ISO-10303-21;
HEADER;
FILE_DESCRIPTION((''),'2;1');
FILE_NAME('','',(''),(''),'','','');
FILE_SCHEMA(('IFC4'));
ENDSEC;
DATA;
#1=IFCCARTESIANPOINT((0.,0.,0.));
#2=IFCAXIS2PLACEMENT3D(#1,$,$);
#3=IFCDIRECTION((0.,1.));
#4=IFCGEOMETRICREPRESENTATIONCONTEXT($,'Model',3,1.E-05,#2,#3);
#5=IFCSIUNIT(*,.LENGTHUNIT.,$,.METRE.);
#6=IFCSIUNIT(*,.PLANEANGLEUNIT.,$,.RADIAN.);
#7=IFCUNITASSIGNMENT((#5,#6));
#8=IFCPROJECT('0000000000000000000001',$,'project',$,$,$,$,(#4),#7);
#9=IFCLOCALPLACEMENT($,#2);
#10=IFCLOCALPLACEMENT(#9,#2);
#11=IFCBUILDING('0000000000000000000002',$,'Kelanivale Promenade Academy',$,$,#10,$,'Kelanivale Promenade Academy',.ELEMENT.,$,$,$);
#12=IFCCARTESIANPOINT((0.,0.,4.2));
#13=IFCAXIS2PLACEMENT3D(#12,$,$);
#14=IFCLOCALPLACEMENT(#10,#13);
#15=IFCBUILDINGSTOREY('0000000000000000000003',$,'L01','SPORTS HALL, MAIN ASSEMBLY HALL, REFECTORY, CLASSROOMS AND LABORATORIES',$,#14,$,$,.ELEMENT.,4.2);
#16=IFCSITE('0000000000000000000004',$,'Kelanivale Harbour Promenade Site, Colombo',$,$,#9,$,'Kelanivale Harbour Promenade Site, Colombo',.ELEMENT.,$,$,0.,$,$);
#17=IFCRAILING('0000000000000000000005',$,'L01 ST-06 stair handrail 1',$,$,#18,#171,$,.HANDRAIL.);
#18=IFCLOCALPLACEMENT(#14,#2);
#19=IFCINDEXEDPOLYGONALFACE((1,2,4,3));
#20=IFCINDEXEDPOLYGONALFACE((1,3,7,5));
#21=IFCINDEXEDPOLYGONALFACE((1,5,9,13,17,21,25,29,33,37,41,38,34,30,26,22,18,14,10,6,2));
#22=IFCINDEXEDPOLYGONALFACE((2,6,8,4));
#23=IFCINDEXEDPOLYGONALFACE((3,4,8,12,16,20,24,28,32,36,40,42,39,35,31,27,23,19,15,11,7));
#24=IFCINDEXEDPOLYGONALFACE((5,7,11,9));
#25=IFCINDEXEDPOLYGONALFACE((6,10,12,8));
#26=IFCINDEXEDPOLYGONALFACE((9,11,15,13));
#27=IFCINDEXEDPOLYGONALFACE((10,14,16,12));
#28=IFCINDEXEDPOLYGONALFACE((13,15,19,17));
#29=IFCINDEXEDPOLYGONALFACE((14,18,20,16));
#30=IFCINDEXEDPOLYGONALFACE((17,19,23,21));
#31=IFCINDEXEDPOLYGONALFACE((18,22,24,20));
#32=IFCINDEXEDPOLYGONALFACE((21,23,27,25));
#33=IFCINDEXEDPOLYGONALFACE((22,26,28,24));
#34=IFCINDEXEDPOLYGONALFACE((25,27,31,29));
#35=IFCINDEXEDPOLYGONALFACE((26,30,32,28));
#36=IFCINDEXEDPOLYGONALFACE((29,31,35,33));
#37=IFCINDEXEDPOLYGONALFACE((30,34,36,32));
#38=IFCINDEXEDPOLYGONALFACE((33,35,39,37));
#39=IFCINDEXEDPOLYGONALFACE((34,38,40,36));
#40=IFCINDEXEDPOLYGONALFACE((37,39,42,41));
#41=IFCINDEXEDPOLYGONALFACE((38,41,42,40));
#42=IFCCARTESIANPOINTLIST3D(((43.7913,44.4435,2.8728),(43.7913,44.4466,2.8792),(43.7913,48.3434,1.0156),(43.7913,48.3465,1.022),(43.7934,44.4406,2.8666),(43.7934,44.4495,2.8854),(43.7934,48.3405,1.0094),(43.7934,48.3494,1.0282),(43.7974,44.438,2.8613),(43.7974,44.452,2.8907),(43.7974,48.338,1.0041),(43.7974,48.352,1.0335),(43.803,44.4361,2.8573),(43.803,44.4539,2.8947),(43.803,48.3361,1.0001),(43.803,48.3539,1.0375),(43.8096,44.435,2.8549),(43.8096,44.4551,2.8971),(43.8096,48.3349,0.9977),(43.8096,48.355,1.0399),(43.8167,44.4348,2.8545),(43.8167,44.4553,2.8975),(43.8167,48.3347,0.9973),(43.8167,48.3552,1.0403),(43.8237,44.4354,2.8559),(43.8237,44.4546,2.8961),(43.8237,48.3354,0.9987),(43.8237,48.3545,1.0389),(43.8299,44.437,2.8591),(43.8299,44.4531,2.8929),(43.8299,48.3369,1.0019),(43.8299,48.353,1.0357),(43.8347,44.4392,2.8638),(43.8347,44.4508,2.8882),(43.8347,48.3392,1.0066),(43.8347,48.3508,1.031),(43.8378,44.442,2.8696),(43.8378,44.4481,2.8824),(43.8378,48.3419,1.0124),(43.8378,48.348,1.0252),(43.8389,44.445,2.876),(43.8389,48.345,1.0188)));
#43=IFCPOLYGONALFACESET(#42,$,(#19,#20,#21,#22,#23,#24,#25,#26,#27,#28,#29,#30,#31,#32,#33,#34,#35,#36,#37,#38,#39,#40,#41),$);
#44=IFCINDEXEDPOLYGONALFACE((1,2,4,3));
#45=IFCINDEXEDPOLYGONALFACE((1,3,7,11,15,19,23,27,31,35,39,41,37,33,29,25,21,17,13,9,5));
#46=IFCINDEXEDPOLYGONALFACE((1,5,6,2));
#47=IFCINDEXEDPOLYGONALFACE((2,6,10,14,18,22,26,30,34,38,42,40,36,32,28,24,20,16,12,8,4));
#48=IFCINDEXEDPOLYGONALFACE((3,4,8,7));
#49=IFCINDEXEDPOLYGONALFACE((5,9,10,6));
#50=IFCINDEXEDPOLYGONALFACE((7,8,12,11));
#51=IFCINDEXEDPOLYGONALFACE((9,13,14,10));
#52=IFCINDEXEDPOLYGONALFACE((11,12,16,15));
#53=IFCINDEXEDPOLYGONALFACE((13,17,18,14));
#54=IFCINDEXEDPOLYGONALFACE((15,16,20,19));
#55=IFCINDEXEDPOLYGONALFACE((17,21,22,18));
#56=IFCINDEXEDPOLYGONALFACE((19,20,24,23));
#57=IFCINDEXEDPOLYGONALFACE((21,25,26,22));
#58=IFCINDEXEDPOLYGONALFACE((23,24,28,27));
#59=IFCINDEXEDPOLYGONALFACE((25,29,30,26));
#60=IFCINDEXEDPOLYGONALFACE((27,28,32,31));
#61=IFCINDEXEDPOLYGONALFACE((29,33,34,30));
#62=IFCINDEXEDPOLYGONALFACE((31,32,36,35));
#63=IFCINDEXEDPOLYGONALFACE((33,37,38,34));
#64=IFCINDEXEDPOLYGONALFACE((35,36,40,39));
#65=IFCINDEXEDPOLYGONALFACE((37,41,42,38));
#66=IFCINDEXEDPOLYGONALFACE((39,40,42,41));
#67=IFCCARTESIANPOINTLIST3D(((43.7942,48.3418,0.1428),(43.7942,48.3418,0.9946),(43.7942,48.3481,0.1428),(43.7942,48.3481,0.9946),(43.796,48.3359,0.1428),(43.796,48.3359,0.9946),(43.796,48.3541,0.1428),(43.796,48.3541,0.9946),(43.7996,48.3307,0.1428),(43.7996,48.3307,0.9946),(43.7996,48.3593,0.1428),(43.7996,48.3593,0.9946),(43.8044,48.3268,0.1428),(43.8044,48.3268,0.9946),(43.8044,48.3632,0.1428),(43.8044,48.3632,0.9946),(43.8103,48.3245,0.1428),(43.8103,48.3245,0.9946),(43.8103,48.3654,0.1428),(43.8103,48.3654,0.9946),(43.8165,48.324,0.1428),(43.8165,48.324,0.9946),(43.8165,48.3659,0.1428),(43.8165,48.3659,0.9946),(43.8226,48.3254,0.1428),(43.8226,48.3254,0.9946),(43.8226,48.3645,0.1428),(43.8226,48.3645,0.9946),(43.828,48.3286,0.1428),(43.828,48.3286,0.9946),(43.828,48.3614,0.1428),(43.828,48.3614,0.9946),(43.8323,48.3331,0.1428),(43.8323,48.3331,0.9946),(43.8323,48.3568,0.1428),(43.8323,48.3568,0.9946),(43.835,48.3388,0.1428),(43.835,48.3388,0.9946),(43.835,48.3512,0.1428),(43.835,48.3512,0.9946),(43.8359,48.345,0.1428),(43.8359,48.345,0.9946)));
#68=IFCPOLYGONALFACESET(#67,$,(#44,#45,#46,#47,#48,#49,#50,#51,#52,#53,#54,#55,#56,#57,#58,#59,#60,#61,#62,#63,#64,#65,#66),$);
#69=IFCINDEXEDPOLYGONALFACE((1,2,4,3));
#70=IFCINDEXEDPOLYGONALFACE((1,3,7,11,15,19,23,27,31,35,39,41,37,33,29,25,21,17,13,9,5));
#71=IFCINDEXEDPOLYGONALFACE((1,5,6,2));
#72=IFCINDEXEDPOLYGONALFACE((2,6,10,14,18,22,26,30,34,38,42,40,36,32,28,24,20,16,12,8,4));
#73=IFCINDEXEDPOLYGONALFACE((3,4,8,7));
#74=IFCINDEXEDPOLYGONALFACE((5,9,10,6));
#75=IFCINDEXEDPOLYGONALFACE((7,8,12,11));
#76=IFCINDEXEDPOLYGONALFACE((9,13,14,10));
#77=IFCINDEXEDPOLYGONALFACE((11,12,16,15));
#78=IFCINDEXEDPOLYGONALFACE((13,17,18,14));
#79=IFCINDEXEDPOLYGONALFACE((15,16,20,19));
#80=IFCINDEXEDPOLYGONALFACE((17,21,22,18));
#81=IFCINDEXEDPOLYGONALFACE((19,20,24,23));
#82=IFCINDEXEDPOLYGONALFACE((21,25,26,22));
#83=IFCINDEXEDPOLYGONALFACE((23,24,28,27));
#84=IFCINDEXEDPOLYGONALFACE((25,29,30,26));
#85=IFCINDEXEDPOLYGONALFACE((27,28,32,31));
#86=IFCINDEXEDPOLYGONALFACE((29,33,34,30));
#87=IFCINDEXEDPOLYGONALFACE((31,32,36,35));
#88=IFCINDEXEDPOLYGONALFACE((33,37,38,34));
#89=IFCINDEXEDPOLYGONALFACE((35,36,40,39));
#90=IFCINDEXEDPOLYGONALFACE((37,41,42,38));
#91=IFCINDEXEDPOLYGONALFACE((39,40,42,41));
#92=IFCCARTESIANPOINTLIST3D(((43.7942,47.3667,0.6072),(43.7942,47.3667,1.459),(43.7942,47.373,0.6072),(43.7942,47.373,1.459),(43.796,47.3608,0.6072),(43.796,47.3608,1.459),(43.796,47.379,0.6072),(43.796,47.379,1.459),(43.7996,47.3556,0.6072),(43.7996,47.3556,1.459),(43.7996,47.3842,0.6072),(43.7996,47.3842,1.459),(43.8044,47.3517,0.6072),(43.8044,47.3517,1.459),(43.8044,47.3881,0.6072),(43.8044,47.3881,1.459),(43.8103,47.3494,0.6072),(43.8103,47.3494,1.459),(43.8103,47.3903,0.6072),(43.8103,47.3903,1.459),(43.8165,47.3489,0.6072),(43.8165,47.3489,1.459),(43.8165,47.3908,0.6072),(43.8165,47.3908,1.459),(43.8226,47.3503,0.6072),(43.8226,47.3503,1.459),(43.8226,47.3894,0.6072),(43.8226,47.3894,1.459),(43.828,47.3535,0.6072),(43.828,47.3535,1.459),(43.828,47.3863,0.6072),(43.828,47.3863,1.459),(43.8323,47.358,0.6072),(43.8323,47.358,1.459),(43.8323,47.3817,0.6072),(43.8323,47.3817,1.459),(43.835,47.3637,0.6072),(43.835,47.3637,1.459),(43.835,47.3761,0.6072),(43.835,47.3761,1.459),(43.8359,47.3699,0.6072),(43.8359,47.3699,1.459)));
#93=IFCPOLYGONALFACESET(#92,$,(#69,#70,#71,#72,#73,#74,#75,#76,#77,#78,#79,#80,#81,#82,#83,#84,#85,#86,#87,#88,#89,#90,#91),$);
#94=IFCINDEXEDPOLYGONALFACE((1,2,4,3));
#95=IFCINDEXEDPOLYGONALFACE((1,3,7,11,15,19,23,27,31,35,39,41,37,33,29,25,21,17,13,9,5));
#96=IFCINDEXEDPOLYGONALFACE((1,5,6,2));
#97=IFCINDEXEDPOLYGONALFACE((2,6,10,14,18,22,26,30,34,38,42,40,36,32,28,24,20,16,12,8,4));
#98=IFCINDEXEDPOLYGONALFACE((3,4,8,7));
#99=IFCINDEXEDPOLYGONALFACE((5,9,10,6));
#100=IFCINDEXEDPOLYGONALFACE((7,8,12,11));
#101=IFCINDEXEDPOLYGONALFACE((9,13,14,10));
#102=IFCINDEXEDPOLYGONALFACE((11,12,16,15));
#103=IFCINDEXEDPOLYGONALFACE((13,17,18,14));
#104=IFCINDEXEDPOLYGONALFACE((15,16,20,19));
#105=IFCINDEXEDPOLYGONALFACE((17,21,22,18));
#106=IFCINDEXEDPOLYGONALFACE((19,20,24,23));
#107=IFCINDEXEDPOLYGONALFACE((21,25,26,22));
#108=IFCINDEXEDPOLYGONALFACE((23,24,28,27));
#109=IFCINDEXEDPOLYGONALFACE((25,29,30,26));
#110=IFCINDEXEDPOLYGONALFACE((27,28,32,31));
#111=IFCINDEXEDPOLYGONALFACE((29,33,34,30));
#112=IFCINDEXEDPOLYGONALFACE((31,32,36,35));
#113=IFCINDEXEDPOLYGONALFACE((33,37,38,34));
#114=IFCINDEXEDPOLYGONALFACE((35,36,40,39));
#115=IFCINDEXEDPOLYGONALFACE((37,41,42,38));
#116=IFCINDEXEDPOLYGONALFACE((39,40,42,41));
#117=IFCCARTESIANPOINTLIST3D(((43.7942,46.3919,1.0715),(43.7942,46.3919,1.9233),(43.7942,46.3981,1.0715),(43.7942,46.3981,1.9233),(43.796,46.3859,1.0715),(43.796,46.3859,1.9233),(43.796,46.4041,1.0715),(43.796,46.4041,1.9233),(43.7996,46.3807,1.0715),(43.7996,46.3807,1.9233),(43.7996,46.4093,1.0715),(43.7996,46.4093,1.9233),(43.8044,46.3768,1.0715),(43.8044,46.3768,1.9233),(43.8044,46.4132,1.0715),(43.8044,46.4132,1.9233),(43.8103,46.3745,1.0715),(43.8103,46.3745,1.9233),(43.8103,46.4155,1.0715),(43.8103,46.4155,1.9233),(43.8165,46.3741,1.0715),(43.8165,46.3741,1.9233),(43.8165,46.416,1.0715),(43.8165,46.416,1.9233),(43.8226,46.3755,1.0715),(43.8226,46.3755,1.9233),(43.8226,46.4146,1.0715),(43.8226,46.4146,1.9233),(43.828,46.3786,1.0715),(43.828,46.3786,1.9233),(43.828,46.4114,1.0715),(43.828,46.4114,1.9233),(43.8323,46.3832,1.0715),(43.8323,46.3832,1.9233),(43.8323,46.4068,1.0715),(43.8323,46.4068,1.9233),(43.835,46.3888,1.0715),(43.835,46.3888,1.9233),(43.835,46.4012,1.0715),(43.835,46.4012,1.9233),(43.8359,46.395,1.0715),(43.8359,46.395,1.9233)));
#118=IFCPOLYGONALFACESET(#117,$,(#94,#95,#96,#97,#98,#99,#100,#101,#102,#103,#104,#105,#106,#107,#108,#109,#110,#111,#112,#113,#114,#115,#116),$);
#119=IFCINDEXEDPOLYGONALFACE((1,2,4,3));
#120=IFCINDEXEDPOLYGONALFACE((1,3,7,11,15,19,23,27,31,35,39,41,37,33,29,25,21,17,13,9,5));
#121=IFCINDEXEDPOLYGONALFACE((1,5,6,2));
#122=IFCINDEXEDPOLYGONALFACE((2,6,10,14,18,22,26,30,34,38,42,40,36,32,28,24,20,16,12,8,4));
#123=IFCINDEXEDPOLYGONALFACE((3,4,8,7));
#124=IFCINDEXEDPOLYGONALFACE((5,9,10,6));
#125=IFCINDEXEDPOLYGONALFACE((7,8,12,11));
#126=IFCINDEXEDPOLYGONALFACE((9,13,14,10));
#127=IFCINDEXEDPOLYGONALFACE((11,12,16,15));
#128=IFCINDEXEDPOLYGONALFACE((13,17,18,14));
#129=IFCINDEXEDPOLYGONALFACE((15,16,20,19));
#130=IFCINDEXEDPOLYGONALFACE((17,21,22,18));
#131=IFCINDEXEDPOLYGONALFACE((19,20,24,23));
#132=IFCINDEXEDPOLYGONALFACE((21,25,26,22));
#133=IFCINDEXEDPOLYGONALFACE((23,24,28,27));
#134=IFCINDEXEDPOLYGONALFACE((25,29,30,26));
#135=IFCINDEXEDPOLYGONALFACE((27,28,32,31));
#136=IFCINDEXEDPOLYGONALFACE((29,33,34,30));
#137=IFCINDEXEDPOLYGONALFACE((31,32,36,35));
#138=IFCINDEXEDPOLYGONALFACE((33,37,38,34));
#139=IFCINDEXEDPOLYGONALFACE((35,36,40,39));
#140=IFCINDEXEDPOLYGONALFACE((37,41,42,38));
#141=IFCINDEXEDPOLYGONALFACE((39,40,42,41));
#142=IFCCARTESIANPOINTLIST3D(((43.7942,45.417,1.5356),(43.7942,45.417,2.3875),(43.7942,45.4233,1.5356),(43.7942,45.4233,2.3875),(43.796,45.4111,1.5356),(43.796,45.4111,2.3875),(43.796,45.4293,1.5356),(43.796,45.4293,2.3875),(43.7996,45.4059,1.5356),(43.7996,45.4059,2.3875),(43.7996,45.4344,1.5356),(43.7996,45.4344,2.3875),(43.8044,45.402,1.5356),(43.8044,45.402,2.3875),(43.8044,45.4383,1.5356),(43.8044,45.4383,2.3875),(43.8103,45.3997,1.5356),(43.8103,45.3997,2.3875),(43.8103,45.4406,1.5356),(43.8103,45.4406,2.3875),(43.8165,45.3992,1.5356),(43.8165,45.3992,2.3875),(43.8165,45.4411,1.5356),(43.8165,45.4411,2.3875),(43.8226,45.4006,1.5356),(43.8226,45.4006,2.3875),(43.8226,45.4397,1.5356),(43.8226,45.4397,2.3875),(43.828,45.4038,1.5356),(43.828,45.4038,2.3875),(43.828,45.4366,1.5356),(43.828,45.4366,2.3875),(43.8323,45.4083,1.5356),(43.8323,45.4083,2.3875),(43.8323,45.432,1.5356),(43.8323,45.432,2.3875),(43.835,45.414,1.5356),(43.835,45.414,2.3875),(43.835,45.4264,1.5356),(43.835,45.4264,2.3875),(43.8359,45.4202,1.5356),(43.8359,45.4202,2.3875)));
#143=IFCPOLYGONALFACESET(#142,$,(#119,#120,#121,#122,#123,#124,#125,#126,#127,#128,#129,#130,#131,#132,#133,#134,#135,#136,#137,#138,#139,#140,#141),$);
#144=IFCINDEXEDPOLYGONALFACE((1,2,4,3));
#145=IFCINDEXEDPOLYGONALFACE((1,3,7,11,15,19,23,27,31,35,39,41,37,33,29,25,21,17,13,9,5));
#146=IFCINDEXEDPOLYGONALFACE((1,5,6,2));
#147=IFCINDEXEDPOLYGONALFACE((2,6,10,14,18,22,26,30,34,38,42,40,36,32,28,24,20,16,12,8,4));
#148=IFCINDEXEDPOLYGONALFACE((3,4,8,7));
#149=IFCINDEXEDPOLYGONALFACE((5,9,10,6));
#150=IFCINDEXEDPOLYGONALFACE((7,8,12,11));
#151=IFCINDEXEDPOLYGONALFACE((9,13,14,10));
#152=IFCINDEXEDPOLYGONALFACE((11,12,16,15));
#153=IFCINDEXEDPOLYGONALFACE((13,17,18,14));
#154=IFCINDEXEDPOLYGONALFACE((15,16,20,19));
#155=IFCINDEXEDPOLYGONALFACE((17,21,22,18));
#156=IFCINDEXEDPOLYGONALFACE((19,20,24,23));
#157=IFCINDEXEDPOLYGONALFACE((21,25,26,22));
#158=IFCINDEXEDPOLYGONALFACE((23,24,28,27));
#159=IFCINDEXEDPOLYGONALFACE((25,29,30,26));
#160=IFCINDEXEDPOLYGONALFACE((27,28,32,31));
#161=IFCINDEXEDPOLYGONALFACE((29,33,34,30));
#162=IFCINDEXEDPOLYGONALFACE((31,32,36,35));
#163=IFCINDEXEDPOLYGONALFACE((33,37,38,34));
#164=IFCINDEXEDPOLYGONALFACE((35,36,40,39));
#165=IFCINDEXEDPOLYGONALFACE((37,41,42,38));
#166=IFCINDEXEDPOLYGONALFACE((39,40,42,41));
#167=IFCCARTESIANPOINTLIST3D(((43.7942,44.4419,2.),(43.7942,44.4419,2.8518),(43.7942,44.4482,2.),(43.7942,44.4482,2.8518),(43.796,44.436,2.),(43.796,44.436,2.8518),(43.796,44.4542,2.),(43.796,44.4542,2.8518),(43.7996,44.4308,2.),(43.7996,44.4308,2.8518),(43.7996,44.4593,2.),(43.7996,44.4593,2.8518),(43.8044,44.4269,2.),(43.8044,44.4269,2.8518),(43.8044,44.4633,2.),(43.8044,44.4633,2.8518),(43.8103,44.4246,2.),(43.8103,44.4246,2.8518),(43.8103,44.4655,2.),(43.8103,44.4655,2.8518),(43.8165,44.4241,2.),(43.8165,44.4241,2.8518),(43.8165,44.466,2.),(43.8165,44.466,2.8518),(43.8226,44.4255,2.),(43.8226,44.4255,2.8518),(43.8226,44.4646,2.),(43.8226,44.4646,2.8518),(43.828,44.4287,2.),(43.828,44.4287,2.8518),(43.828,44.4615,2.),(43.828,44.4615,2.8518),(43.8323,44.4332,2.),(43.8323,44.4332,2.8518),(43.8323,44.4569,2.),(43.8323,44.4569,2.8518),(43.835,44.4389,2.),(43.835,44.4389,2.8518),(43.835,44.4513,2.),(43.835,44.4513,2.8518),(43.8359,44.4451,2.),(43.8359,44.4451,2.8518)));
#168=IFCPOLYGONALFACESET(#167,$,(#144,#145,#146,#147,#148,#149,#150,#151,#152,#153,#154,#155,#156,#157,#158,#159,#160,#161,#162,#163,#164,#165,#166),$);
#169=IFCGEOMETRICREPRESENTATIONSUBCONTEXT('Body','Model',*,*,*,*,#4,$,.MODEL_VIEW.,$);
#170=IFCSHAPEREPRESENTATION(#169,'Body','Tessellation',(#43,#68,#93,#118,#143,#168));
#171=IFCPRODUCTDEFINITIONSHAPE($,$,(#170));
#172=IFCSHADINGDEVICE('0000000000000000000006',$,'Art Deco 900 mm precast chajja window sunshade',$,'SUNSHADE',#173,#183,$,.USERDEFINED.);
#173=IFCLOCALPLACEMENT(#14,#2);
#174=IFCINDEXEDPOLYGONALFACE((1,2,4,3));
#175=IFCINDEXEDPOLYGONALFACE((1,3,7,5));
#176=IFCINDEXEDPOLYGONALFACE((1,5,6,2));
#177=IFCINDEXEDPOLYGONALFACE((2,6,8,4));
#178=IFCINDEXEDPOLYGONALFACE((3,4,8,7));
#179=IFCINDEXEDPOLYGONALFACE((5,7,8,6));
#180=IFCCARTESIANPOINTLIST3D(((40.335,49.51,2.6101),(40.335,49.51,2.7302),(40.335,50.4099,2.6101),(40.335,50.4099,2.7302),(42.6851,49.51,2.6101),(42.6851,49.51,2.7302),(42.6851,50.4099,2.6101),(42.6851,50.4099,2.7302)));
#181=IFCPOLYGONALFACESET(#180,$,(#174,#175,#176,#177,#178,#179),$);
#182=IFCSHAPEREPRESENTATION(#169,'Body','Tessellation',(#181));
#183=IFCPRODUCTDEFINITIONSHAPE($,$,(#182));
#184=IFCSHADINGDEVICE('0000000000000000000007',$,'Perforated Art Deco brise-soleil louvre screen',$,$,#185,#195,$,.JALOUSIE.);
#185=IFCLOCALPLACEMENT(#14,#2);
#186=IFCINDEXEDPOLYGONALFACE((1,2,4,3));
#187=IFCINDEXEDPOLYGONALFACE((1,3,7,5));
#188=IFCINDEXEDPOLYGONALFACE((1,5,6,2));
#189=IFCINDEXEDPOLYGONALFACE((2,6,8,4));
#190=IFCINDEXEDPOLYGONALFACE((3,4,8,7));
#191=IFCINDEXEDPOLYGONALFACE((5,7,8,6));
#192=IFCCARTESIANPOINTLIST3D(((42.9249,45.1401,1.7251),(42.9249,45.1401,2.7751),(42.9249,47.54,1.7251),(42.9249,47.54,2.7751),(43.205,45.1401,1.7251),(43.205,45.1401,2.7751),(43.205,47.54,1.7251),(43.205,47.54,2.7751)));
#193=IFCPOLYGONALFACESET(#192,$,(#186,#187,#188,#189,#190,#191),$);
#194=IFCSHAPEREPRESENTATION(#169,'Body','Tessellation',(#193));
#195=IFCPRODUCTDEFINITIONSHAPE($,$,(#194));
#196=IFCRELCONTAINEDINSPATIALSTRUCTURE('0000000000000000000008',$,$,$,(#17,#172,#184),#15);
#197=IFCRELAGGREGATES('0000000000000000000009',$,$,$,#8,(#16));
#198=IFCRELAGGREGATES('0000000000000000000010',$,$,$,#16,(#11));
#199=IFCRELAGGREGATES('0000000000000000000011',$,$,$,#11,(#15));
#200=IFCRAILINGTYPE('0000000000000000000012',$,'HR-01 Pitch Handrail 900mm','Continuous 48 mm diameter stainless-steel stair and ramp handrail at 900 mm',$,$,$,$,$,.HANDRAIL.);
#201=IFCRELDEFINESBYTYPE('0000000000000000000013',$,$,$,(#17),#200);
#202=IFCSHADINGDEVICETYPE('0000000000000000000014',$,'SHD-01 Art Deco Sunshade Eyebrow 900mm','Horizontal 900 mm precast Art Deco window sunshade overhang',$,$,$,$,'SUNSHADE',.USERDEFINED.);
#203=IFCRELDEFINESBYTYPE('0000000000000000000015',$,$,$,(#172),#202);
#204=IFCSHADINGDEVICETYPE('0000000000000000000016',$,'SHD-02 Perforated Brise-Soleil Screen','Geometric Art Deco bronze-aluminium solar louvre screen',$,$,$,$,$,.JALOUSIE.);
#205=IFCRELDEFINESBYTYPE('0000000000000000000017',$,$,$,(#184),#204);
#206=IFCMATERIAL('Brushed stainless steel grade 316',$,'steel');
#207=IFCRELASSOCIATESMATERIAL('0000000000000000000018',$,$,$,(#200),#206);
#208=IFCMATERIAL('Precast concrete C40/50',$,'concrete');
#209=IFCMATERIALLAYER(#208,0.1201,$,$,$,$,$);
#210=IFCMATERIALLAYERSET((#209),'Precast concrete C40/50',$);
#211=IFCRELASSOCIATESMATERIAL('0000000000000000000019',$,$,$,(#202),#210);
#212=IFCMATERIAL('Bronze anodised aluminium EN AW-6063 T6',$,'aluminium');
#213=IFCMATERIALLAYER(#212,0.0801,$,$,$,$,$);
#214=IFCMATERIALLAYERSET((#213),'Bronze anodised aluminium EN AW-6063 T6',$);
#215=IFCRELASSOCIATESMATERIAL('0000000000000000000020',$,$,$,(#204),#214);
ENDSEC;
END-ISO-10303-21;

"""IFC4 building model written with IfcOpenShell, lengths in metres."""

from ifc_helpers import new_model, si_unit, direction, frame, origin, origin_2d, place, context, subcontext, project, spatial, rectangle, circle, extrude, material, layer, layer_set, type_object, element, save


model = new_model("IFC4")

# Units and contexts
model_context = context("Model", 3, precision=1e-05, world=origin(), true_north=direction((0.0, 1.0)))
body_context = subcontext(model_context, "Body", "Model", "MODEL_VIEW")
ifc_project = project(units=[si_unit("LENGTHUNIT", "METRE"), si_unit("PLANEANGLEUNIT", "RADIAN")], contexts=[model_context])

# Site, building, storey
site_placement = place(None, origin())
site = spatial("IfcSite", under=ifc_project, at=site_placement, Name="Kelanivale Harbour Promenade Site, Colombo", LongName="Kelanivale Harbour Promenade Site, Colombo", CompositionType="ELEMENT", RefElevation=0.0)
building_placement = place(site_placement, origin())
building = spatial("IfcBuilding", under=site, at=building_placement, Name="Kelanivale Promenade Academy", LongName="Kelanivale Promenade Academy", CompositionType="ELEMENT")
storey_placement = place(building_placement, frame((0.0, 0.0, 4.2)))
storey = spatial("IfcBuildingStorey", under=building, at=storey_placement, Name="L01", Description="SPORTS HALL, MAIN ASSEMBLY HALL, REFECTORY, CLASSROOMS AND LABORATORIES", CompositionType="ELEMENT", Elevation=4.2)

# Railing
ifc_material_1 = material(Name="Brushed stainless steel grade 316", Category="steel")
railing_type_1 = type_object("IfcRailingType", Name="HR-01 Pitch Handrail 900mm", Description="Continuous 48 mm diameter stainless-steel stair and ramp handrail at 900 mm", PredefinedType="HANDRAIL", material=ifc_material_1)
railing_1_placement = place(storey_placement, frame((43.8149, 48.345, 0.1428)))
element("IfcRailing", 1, at=railing_1_placement, inside=storey, type_object=railing_type_1, Name="L01 ST-06 stair handrail 1", PredefinedType="HANDRAIL", context=body_context, shape_type="SweptSolid", body=[
    extrude(circle(Radius=0.0239, at=origin_2d()), frame((0.0, 0.0, 0.876), z_axis=(0.0, -0.902853, 0.429949), x_axis=(1.0, 0.0, 0.0)), (0.0, 0.0, 1.0), 4.3196),
    extrude(circle(Radius=0.021, at=origin_2d()), origin(), (0.0, 0.0, 1.0), 0.8518),
    extrude(circle(Radius=0.021, at=origin_2d()), frame((0.0, -0.9751, 0.4644)), (0.0, 0.0, 1.0), 0.8518),
    extrude(circle(Radius=0.021, at=origin_2d()), frame((0.0, -1.95, 0.9287)), (0.0, 0.0, 1.0), 0.8518),
    extrude(circle(Radius=0.021, at=origin_2d()), frame((0.0, -2.9248, 1.3928)), (0.0, 0.0, 1.0), 0.8518),
    extrude(circle(Radius=0.021, at=origin_2d()), frame((0.0, -3.8999, 1.8572)), (0.0, 0.0, 1.0), 0.8518),
])

# Shading devices
ifc_material_2 = material(Name="Precast concrete C40/50", Category="concrete")
ifc_layer_1 = layer(ifc_material_2, 0.1201)
ifc_layer_set_1 = layer_set([ifc_layer_1], Name="Precast concrete C40/50")
shading_device_type_1 = type_object("IfcShadingDeviceType", Name="SHD-01 Art Deco Sunshade Eyebrow 900mm", Description="Horizontal 900 mm precast Art Deco window sunshade overhang", ElementType="SUNSHADE", PredefinedType="USERDEFINED", material=ifc_layer_set_1)
shading_device_1_placement = place(storey_placement, frame((41.51, 49.96, 2.6101), z_axis=(0.0, 0.0, 1.0), x_axis=(1.0, 0.0, 0.0)))
element("IfcShadingDevice", 2, at=shading_device_1_placement, inside=storey, type_object=shading_device_type_1, Name="Art Deco 900 mm precast chajja window sunshade", ObjectType="SUNSHADE", PredefinedType="USERDEFINED", context=body_context, shape_type="SweptSolid", body=[
    extrude(rectangle(XDim=2.3501, YDim=0.8999, at=origin_2d()), origin(), (0.0, 0.0, 1.0), 0.1201),
])
ifc_material_3 = material(Name="Bronze anodised aluminium EN AW-6063 T6", Category="aluminium")
ifc_layer_2 = layer(ifc_material_3, 0.0801)
ifc_layer_set_2 = layer_set([ifc_layer_2], Name="Bronze anodised aluminium EN AW-6063 T6")
shading_device_type_2 = type_object("IfcShadingDeviceType", Name="SHD-02 Perforated Brise-Soleil Screen", Description="Geometric Art Deco bronze-aluminium solar louvre screen", PredefinedType="JALOUSIE", material=ifc_layer_set_2)
shading_device_2_placement = place(storey_placement, frame((43.0649, 46.3401, 1.7251), z_axis=(0.0, 0.0, 1.0), x_axis=(0.0, -1.0, 0.0)))
element("IfcShadingDevice", 3, at=shading_device_2_placement, inside=storey, type_object=shading_device_type_2, Name="Perforated Art Deco brise-soleil louvre screen", PredefinedType="JALOUSIE", context=body_context, shape_type="SweptSolid", body=[
    extrude(rectangle(XDim=2.3999, YDim=0.28, at=origin_2d()), origin(), (0.0, 0.0, 1.0), 1.05),
])

save(model, "model.ifc")
